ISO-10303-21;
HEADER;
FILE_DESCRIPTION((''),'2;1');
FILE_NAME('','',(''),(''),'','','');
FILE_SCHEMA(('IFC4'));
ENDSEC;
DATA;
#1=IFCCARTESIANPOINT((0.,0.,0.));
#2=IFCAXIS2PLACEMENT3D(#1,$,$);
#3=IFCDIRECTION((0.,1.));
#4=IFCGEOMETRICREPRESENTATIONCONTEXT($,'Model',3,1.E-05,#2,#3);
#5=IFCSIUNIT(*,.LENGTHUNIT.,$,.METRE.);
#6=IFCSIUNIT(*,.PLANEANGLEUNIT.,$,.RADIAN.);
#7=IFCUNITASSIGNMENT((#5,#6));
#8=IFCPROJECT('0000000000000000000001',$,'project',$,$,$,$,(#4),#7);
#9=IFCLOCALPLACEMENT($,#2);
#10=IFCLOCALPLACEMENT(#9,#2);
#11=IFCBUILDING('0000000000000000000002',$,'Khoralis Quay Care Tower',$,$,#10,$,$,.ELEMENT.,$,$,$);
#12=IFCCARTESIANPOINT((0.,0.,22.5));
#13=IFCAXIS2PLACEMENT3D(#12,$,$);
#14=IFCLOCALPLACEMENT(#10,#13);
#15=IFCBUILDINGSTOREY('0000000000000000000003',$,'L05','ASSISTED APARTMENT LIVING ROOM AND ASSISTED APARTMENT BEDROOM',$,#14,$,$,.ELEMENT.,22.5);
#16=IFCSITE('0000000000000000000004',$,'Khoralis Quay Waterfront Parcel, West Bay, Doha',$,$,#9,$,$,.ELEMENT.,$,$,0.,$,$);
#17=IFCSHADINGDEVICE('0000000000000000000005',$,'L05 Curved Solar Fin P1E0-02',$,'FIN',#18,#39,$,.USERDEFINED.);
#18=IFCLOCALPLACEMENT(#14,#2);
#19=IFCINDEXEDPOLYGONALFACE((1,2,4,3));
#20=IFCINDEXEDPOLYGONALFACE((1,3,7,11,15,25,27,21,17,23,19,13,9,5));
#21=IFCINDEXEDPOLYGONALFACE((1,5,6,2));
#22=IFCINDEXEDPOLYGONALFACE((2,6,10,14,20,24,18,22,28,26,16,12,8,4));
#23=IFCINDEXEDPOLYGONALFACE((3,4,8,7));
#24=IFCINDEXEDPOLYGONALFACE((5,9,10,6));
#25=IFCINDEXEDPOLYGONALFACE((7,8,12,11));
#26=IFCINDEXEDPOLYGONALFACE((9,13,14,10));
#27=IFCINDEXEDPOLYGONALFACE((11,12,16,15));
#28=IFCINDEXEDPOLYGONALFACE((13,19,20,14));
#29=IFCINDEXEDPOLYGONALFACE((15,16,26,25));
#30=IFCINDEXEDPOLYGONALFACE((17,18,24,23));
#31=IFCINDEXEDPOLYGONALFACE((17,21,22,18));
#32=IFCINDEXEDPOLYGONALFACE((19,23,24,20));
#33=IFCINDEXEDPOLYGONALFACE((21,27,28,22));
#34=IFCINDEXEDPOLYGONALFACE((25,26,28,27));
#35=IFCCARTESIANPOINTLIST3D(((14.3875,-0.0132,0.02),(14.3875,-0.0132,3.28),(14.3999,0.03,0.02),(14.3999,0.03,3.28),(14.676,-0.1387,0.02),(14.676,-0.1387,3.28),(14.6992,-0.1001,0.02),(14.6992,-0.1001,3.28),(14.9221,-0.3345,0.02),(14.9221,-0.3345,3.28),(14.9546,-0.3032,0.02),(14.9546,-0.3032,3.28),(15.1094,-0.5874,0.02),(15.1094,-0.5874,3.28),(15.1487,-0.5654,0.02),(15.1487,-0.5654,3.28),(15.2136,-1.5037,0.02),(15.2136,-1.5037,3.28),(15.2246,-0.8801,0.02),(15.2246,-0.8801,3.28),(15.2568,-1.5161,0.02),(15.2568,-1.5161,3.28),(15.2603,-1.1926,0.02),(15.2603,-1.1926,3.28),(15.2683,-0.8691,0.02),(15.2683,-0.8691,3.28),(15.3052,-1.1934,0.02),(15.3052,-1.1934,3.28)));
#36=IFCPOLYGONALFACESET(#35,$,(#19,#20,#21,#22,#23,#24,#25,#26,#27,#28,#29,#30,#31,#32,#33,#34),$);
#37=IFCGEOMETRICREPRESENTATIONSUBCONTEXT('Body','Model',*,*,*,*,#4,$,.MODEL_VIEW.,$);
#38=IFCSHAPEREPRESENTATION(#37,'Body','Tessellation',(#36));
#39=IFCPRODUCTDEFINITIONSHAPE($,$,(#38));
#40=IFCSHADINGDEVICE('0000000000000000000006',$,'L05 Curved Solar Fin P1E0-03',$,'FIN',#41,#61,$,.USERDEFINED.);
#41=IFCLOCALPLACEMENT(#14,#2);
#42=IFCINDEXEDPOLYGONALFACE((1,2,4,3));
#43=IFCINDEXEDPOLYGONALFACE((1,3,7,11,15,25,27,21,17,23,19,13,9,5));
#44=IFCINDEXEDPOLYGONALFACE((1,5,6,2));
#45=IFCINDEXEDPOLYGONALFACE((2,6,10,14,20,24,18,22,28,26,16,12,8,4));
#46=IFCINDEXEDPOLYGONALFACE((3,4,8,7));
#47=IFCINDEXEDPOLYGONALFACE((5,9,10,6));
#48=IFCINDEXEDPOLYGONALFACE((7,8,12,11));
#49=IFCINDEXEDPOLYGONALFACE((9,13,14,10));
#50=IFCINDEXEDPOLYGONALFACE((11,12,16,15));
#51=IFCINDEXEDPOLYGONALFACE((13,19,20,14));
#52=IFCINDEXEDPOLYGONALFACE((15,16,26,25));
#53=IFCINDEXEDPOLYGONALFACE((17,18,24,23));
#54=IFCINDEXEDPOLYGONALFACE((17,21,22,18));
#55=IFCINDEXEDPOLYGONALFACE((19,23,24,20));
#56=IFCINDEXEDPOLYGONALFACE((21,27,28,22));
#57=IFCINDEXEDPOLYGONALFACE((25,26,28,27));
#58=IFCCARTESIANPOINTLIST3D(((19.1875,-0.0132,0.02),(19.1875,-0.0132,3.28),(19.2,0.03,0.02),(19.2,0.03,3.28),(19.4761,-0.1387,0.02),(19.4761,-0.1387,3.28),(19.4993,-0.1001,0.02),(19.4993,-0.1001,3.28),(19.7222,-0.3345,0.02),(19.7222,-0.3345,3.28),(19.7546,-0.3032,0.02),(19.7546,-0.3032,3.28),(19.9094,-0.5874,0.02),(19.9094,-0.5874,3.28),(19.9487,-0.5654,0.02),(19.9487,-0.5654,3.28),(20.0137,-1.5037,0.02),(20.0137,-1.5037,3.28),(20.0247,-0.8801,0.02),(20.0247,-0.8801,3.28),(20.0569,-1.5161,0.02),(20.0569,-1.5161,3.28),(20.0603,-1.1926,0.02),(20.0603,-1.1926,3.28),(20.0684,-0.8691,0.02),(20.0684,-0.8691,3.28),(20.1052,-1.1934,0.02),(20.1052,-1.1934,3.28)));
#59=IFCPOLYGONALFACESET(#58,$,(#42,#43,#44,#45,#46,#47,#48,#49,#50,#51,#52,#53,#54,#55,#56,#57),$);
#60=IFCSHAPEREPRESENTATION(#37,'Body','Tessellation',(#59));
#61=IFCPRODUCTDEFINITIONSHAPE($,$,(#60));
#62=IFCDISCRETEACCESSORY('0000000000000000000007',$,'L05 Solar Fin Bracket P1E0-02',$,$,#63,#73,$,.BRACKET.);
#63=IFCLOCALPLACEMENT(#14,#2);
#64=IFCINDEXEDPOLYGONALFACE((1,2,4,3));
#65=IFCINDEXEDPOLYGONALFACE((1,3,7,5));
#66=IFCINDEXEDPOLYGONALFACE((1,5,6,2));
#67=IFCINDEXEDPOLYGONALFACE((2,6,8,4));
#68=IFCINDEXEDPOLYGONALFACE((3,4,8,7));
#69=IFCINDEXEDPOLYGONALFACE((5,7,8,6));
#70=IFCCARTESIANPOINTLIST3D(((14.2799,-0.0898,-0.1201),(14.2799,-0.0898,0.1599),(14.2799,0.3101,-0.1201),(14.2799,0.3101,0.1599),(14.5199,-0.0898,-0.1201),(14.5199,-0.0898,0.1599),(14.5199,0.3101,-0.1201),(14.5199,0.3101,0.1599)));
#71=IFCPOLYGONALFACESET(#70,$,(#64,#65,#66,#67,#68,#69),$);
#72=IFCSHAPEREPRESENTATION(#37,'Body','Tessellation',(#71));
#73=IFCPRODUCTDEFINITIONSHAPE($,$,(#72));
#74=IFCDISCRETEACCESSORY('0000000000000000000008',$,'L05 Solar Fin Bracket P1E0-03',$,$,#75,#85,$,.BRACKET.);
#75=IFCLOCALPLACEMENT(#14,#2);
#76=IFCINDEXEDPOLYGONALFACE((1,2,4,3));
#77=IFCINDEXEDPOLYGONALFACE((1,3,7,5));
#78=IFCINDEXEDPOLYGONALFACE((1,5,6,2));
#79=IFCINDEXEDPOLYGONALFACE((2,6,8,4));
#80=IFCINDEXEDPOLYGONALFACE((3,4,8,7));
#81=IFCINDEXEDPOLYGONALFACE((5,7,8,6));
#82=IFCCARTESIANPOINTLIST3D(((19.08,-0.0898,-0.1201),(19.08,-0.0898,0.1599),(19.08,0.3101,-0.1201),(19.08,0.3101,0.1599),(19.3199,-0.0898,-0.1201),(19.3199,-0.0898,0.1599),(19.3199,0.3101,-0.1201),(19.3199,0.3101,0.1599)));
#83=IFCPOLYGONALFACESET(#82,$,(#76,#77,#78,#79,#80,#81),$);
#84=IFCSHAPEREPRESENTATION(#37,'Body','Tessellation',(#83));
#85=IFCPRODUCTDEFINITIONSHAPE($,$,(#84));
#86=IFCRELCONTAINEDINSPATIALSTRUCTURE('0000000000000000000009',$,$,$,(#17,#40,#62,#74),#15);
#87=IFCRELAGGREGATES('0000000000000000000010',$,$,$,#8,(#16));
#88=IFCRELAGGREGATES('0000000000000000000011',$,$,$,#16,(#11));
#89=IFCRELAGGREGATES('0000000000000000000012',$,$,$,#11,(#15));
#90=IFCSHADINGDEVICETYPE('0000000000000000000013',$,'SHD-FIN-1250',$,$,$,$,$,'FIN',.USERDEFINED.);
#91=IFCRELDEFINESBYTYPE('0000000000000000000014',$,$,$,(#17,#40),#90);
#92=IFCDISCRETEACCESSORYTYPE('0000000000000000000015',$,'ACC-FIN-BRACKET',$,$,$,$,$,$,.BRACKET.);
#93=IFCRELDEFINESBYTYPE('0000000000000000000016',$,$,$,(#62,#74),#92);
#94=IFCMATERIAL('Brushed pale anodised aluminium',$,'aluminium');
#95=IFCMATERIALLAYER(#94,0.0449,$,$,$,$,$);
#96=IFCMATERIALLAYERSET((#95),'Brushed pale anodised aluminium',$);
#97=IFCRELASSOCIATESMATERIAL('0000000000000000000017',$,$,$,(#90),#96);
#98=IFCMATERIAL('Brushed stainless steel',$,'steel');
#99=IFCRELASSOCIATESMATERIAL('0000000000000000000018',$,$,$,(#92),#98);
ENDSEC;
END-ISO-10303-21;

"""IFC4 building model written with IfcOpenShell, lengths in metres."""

from ifc_helpers import new_model, si_unit, direction, frame, origin, origin_2d, place, context, subcontext, project, spatial, polyline, rectangle, outline, extrude, source, transform, mapped, material, layer, layer_set, type_object, element, save


model = new_model("IFC4")

# Units and contexts
model_context = context("Model", 3, precision=1e-05, world=origin(), true_north=direction((0.0, 1.0)))
body_context = subcontext(model_context, "Body", "Model", "MODEL_VIEW")
ifc_project = project(units=[si_unit("LENGTHUNIT", "METRE"), si_unit("PLANEANGLEUNIT", "RADIAN")], contexts=[model_context])

# Site, building, storey
site_placement = place(None, origin())
site = spatial("IfcSite", under=ifc_project, at=site_placement, Name="Khoralis Quay Waterfront Parcel, West Bay, Doha", CompositionType="ELEMENT", RefElevation=0.0)
building_placement = place(site_placement, origin())
building = spatial("IfcBuilding", under=site, at=building_placement, Name="Khoralis Quay Care Tower", CompositionType="ELEMENT")
storey_placement = place(building_placement, frame((0.0, 0.0, 22.5)))
storey = spatial("IfcBuildingStorey", under=building, at=storey_placement, Name="L05", Description="ASSISTED APARTMENT LIVING ROOM AND ASSISTED APARTMENT BEDROOM", CompositionType="ELEMENT", Elevation=22.5)

# Shading devices
ifc_material_1 = material(Name="Brushed pale anodised aluminium", Category="aluminium")
ifc_layer_1 = layer(ifc_material_1, 0.0449)
ifc_layer_set_1 = layer_set([ifc_layer_1], Name="Brushed pale anodised aluminium")
shading_device_type = type_object("IfcShadingDeviceType", Name="SHD-FIN-1250", ElementType="FIN", PredefinedType="USERDEFINED", material=ifc_layer_set_1)
shared_shape_1 = source(origin(), body_context, "Body", "SweptSolid", [
    extrude(outline(polyline([(0.0, 0.0), (0.1301, 0.2993), (0.3333, 0.5547), (0.5955, 0.7488), (0.8992, 0.8684), (1.2234, 0.9053), (1.5461, 0.8569), (1.5337, 0.8137), (1.2227, 0.8604), (0.9102, 0.8247), (0.6174, 0.7095), (0.3645, 0.5222), (0.1687, 0.2761), (0.0432, -0.0125), (0.0, 0.0)])), origin(), (0.0, 0.0, 1.0), 3.26),
])
for number, where, z_axis, x_axis, name in (
    (1, (14.3999, 0.03, 0.02), (0.0, 0.0, 1.0), (0.0, -1.0, 0.0), "L05 Curved Solar Fin P1E0-02"),
    (2, (19.2, 0.03, 0.02), (0.0, 0.0, 1.0), (0.0, -1.0, 0.0), "L05 Curved Solar Fin P1E0-03"),
):
    element("IfcShadingDevice", number, at=place(storey_placement, frame(where, z_axis=z_axis, x_axis=x_axis)), inside=storey, type_object=shading_device_type, Name=name, ObjectType="FIN", PredefinedType="USERDEFINED", context=body_context, shape_type="MappedRepresentation", body=[
        mapped(shared_shape_1, transform((0.0, 0.0, 0.0), scale=1.0)),
    ])

# Discrete accessories
ifc_material_2 = material(Name="Brushed stainless steel", Category="steel")
discrete_accessory_type = type_object("IfcDiscreteAccessoryType", Name="ACC-FIN-BRACKET", PredefinedType="BRACKET", material=ifc_material_2)
shared_shape_2 = source(origin(), body_context, "Body", "SweptSolid", [
    extrude(rectangle(XDim=0.3999, YDim=0.24, at=origin_2d()), origin(), (0.0, 0.0, 1.0), 0.28),
])
for number, where, z_axis, x_axis, name in (
    (3, (14.3999, 0.1101, -0.1201), (0.0, 0.0, 1.0), (0.0, -1.0, 0.0), "L05 Solar Fin Bracket P1E0-02"),
    (4, (19.2, 0.1101, -0.1201), (0.0, 0.0, 1.0), (0.0, -1.0, 0.0), "L05 Solar Fin Bracket P1E0-03"),
):
    element("IfcDiscreteAccessory", number, at=place(storey_placement, frame(where, z_axis=z_axis, x_axis=x_axis)), inside=storey, type_object=discrete_accessory_type, Name=name, PredefinedType="BRACKET", context=body_context, shape_type="MappedRepresentation", body=[
        mapped(shared_shape_2, transform((0.0, 0.0, 0.0), scale=1.0)),
    ])

save(model, "model.ifc")
